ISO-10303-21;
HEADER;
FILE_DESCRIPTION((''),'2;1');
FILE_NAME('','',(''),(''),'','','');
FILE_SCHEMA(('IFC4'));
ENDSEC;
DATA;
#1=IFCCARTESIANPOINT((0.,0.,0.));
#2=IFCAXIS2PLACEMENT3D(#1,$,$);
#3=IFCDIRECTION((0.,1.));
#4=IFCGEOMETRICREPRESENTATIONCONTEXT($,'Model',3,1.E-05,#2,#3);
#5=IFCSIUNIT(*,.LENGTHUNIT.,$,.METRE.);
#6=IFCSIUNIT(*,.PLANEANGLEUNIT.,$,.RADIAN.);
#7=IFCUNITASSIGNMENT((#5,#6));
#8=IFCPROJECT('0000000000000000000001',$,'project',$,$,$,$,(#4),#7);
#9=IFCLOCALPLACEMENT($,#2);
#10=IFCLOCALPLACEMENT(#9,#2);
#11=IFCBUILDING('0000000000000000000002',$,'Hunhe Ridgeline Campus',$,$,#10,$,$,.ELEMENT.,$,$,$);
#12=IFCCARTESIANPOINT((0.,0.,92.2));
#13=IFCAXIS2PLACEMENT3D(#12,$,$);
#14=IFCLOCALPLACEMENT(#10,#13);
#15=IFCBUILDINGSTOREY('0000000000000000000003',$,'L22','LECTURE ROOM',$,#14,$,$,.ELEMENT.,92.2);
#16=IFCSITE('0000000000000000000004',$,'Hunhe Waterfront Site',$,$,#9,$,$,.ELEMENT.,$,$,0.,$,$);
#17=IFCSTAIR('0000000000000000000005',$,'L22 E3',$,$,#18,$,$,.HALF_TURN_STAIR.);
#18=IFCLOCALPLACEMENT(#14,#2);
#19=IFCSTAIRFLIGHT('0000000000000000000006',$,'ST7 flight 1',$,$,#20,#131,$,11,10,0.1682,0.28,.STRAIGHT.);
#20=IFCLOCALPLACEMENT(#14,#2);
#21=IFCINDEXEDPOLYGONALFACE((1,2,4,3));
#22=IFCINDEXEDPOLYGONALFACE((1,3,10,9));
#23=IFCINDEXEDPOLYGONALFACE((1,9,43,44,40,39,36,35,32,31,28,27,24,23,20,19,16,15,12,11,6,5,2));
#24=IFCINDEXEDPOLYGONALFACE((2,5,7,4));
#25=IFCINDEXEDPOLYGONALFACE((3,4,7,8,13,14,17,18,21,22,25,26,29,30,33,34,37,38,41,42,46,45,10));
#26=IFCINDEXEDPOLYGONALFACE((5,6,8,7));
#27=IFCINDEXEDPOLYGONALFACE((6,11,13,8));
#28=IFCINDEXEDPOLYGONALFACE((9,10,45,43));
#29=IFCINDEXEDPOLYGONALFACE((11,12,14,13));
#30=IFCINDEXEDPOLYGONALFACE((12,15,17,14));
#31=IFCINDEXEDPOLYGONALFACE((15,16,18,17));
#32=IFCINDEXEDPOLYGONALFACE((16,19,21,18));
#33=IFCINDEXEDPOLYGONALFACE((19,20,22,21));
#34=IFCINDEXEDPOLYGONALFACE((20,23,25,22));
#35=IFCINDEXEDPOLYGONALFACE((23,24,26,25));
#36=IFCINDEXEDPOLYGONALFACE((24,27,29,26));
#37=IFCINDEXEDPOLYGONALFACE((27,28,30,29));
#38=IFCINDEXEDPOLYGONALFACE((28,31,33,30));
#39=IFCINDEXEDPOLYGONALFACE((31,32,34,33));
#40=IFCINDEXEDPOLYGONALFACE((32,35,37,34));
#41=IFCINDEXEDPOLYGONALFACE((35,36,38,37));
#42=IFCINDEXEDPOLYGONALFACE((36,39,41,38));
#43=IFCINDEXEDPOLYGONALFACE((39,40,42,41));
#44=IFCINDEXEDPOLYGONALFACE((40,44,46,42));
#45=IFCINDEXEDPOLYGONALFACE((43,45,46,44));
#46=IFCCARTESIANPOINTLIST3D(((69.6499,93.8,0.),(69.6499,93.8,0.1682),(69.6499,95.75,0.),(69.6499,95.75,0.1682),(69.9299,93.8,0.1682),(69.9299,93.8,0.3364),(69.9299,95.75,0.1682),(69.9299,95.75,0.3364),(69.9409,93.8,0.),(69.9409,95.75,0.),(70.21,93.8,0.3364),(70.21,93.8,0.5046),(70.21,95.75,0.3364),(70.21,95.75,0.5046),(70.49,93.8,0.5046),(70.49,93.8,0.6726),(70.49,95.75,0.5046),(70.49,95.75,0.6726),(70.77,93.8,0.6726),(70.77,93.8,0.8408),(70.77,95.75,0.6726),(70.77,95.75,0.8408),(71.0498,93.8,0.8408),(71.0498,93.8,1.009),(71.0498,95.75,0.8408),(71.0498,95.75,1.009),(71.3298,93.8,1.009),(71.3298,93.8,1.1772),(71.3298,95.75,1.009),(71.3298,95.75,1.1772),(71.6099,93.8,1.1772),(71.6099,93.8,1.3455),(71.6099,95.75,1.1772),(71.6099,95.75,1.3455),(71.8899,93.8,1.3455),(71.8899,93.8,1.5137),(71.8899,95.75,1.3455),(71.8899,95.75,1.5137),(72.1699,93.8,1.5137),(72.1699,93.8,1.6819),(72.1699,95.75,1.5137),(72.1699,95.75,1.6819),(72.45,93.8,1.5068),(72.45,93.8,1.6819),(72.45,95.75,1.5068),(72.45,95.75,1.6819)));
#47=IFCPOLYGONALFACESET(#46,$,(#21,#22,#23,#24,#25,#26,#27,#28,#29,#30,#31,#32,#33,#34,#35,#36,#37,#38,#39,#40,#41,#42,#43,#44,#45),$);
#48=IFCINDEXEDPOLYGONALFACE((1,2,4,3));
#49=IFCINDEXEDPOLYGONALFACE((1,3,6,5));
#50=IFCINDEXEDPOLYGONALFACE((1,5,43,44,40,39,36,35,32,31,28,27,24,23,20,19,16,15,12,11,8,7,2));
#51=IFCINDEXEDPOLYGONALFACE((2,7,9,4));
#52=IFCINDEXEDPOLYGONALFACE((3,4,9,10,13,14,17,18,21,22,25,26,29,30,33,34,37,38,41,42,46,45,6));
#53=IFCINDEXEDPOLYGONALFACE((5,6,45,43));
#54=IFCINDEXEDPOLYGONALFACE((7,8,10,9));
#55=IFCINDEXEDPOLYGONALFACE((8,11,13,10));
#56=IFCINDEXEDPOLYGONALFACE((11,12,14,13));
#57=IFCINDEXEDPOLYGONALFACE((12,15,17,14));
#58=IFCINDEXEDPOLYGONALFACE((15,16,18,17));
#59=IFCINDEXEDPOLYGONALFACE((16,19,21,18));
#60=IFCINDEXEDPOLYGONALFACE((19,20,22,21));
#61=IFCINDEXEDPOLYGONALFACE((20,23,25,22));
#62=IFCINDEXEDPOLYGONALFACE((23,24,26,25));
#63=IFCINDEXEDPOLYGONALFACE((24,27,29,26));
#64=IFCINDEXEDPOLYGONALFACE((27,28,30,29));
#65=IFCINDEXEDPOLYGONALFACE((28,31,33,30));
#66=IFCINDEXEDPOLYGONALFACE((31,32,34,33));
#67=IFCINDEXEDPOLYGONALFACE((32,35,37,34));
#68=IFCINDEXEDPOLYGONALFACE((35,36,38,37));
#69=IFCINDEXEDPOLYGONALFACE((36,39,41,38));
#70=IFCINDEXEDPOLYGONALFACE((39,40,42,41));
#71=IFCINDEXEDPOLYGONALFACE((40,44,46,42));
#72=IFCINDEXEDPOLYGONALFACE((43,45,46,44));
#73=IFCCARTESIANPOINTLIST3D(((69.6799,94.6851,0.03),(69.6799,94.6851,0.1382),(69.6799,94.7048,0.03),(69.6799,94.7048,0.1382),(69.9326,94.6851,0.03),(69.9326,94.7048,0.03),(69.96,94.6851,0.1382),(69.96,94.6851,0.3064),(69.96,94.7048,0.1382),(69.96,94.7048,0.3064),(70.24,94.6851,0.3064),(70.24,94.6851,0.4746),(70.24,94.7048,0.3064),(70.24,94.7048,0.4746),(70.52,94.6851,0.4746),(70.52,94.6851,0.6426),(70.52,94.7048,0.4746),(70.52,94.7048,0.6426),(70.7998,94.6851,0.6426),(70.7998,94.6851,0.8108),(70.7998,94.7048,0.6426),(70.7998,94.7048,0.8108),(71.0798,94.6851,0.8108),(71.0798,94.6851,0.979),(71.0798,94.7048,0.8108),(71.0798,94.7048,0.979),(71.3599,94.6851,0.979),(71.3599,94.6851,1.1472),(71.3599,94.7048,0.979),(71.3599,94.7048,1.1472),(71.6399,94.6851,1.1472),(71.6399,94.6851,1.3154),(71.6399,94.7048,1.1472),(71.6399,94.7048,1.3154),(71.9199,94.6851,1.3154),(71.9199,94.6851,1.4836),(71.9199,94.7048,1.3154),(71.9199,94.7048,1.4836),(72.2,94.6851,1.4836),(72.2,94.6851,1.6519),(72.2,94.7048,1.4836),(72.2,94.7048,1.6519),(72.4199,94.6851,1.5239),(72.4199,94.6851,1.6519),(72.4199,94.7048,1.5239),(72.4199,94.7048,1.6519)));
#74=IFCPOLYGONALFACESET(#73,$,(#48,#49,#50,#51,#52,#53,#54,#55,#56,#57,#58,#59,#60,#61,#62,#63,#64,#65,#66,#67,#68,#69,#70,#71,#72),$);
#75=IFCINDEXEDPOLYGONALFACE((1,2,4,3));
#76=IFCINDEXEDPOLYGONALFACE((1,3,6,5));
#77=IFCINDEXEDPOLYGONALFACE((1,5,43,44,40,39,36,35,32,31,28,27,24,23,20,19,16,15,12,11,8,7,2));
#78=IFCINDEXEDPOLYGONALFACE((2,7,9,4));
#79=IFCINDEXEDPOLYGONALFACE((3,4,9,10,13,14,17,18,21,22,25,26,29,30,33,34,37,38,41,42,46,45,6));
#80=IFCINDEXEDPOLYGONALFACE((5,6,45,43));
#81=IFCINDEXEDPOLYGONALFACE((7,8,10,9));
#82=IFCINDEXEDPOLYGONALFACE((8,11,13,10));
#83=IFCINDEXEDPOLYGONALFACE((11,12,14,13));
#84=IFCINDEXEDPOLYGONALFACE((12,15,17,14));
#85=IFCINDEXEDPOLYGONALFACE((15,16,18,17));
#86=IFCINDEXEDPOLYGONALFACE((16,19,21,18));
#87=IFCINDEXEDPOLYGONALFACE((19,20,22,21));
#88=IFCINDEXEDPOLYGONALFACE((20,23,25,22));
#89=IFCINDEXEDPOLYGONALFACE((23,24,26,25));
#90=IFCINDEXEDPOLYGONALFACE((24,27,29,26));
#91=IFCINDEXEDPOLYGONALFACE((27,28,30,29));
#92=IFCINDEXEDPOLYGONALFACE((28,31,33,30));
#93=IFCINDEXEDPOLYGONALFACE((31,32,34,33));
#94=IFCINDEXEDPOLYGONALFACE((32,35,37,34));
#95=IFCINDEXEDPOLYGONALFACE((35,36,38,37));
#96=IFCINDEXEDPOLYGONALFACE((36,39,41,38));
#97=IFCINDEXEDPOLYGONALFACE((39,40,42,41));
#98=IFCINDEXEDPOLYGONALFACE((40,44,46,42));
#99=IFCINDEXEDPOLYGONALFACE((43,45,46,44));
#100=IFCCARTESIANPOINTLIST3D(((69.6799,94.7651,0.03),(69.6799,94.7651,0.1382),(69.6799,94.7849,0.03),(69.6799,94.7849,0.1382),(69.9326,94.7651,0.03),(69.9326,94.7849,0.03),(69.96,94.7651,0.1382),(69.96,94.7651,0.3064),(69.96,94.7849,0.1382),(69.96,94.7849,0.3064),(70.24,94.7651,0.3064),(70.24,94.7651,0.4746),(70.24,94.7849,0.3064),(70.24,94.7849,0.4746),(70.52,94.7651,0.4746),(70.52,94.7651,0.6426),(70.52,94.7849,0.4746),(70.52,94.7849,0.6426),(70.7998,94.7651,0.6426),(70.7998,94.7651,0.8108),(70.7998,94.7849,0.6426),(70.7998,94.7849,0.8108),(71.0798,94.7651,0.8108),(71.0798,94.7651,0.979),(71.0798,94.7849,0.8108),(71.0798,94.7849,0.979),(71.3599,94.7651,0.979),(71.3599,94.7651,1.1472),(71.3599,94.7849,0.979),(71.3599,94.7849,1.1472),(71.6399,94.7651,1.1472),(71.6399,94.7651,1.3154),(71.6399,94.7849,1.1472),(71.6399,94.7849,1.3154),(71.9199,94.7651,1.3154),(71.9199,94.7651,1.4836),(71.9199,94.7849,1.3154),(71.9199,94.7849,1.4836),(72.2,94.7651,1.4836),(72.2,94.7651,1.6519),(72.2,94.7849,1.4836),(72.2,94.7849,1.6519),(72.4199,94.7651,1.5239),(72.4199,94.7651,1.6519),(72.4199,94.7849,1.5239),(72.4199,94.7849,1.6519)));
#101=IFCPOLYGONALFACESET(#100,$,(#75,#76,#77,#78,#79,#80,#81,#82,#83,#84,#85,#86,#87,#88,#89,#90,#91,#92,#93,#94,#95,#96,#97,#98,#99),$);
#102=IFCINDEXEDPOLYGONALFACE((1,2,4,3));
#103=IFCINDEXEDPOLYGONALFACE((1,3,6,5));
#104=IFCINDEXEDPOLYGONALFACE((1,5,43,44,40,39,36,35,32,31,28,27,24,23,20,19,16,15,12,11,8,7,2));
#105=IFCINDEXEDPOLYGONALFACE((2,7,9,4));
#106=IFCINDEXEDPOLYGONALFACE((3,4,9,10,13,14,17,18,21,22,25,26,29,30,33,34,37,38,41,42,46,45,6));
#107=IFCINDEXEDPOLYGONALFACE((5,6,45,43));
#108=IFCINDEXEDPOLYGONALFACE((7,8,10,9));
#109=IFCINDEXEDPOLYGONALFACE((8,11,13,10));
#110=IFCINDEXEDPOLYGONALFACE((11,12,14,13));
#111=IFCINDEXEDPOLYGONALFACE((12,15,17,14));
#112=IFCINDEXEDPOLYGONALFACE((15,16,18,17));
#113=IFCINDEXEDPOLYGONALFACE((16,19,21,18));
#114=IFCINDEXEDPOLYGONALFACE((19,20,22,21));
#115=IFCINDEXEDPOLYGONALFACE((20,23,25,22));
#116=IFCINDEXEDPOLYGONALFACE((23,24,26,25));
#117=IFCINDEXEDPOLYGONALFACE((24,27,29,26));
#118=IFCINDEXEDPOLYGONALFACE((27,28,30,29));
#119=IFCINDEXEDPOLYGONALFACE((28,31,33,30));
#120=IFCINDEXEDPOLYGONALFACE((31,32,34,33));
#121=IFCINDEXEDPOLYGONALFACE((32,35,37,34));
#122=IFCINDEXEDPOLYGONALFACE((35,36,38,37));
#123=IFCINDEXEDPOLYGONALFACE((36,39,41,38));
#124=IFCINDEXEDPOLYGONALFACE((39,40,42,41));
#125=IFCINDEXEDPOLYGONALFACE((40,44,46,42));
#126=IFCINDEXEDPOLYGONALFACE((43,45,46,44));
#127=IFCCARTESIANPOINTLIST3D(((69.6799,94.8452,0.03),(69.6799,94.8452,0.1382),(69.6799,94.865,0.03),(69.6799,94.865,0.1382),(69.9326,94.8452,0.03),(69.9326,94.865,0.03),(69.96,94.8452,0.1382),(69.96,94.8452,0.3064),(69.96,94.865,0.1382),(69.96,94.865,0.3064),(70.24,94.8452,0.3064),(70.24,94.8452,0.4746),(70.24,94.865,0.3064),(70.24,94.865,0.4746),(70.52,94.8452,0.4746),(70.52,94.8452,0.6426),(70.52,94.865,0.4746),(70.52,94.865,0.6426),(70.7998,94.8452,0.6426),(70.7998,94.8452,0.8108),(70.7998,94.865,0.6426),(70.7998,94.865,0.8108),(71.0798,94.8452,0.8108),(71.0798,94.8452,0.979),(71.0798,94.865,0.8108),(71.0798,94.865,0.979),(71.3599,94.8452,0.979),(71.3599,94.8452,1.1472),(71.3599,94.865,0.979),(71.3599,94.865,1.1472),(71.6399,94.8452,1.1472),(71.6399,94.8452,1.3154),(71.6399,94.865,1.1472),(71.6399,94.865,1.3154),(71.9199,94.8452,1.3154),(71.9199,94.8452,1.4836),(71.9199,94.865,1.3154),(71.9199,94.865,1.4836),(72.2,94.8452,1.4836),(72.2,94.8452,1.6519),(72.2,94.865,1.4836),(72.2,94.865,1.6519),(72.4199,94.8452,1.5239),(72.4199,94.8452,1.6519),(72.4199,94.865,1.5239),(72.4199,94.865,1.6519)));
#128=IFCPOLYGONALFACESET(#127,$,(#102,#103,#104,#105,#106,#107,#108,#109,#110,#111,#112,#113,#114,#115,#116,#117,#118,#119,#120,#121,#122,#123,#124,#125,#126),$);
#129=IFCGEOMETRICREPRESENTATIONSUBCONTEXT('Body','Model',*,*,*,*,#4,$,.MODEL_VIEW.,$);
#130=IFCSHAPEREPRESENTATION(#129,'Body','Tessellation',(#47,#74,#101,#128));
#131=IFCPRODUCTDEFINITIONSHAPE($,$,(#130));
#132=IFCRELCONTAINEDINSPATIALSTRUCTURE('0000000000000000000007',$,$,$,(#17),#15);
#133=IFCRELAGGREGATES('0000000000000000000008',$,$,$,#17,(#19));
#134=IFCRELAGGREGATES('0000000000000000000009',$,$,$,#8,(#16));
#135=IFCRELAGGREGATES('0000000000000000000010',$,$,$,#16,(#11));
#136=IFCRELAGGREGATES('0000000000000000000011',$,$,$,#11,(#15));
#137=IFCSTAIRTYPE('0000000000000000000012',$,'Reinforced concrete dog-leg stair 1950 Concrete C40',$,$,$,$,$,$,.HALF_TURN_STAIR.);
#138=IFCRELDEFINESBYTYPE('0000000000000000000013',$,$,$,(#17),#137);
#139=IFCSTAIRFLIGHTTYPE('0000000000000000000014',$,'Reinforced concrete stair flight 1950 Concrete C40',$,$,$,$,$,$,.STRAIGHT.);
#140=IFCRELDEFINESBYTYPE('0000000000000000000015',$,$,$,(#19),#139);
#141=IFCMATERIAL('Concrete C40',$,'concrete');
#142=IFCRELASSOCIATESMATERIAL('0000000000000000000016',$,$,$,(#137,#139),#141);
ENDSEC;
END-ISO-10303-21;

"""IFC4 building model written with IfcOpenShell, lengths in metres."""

from ifc_helpers import new_model, si_unit, direction, frame, origin, place, context, subcontext, project, spatial, polyline, outline, extrude, material, type_object, element, aggregate, save


model = new_model("IFC4")

# Units and contexts
model_context = context("Model", 3, precision=1e-05, world=origin(), true_north=direction((0.0, 1.0)))
body_context = subcontext(model_context, "Body", "Model", "MODEL_VIEW")
ifc_project = project(units=[si_unit("LENGTHUNIT", "METRE"), si_unit("PLANEANGLEUNIT", "RADIAN")], contexts=[model_context])

# Site, building, storey
site_placement = place(None, origin())
site = spatial("IfcSite", under=ifc_project, at=site_placement, Name="Hunhe Waterfront Site", CompositionType="ELEMENT", RefElevation=0.0)
building_placement = place(site_placement, origin())
building = spatial("IfcBuilding", under=site, at=building_placement, Name="Hunhe Ridgeline Campus", CompositionType="ELEMENT")
storey_placement = place(building_placement, frame((0.0, 0.0, 92.2)))
storey = spatial("IfcBuildingStorey", under=building, at=storey_placement, Name="L22", Description="LECTURE ROOM", CompositionType="ELEMENT", Elevation=92.2)

# Shared definitions
ifc_material_1 = material(Name="Concrete C40", Category="concrete")
stair_type = type_object("IfcStairType", Name="Reinforced concrete dog-leg stair 1950 Concrete C40", PredefinedType="HALF_TURN_STAIR", material=ifc_material_1)
stair_flight_type = type_object("IfcStairFlightType", Name="Reinforced concrete stair flight 1950 Concrete C40", PredefinedType="STRAIGHT", material=ifc_material_1)

# Stair, stair flight
stair_1_placement = place(storey_placement, origin())
stair_1 = element("IfcStair", 1, at=stair_1_placement, inside=storey, type_object=stair_type, Name="L22 E3", PredefinedType="HALF_TURN_STAIR")
stair_flight_1_placement = place(storey_placement, frame((69.6499, 94.7749, 0.0), z_axis=(0.0, 0.0, 1.0), x_axis=(1.0, 0.0, 0.0)))
stair_flight_1 = element("IfcStairFlight", 2, at=stair_flight_1_placement, type_object=stair_flight_type, Name="ST7 flight 1", NumberOfRisers=11, NumberOfTreads=10, PredefinedType="STRAIGHT", RiserHeight=0.1682, TreadLength=0.28, context=body_context, shape_type="SweptSolid", body=[
    extrude(outline(polyline([(0.0, 0.0), (0.0, 0.1682), (0.28, 0.1682), (0.28, 0.3364), (0.5601, 0.3364), (0.5601, 0.5046), (0.8401, 0.5046), (0.8401, 0.6726), (1.1201, 0.6726), (1.1201, 0.8408), (1.3999, 0.8408), (1.3999, 1.009), (1.6799, 1.009), (1.6799, 1.1772), (1.96, 1.1772), (1.96, 1.3455), (2.24, 1.3455), (2.24, 1.5137), (2.52, 1.5137), (2.52, 1.6819), (2.8, 1.6819), (2.8, 1.8501), (2.8, 1.5068), (0.291, 0.0), (0.0, 0.0)])), frame((0.0, 0.9751, 0.0), z_axis=(0.0, -1.0, 0.0), x_axis=(1.0, 0.0, 0.0)), (0.0, 0.0, 1.0), 1.95),
    extrude(outline(polyline([(0.03, 0.03), (0.03, 0.1382), (0.3101, 0.1382), (0.3101, 0.3064), (0.5901, 0.3064), (0.5901, 0.4746), (0.8701, 0.4746), (0.8701, 0.6426), (1.1499, 0.6426), (1.1499, 0.8108), (1.4299, 0.8108), (1.4299, 0.979), (1.71, 0.979), (1.71, 1.1472), (1.99, 1.1472), (1.99, 1.3154), (2.27, 1.3154), (2.27, 1.4836), (2.55, 1.4836), (2.55, 1.6519), (2.77, 1.6519), (2.77, 1.5239), (0.2827, 0.03), (0.03, 0.03)])), frame((0.0, -0.0701, 0.0), z_axis=(0.0, -1.0, 0.0), x_axis=(1.0, 0.0, 0.0)), (0.0, 0.0, 1.0), 0.0198),
    extrude(outline(polyline([(0.03, 0.03), (0.03, 0.1382), (0.3101, 0.1382), (0.3101, 0.3064), (0.5901, 0.3064), (0.5901, 0.4746), (0.8701, 0.4746), (0.8701, 0.6426), (1.1499, 0.6426), (1.1499, 0.8108), (1.4299, 0.8108), (1.4299, 0.979), (1.71, 0.979), (1.71, 1.1472), (1.99, 1.1472), (1.99, 1.3154), (2.27, 1.3154), (2.27, 1.4836), (2.55, 1.4836), (2.55, 1.6519), (2.77, 1.6519), (2.77, 1.5239), (0.2827, 0.03), (0.03, 0.03)])), frame((0.0, 0.01, 0.0), z_axis=(0.0, -1.0, 0.0), x_axis=(1.0, 0.0, 0.0)), (0.0, 0.0, 1.0), 0.0198),
    extrude(outline(polyline([(0.03, 0.03), (0.03, 0.1382), (0.3101, 0.1382), (0.3101, 0.3064), (0.5901, 0.3064), (0.5901, 0.4746), (0.8701, 0.4746), (0.8701, 0.6426), (1.1499, 0.6426), (1.1499, 0.8108), (1.4299, 0.8108), (1.4299, 0.979), (1.71, 0.979), (1.71, 1.1472), (1.99, 1.1472), (1.99, 1.3154), (2.27, 1.3154), (2.27, 1.4836), (2.55, 1.4836), (2.55, 1.6519), (2.77, 1.6519), (2.77, 1.5239), (0.2827, 0.03), (0.03, 0.03)])), frame((0.0, 0.0901, 0.0), z_axis=(0.0, -1.0, 0.0), x_axis=(1.0, 0.0, 0.0)), (0.0, 0.0, 1.0), 0.0198),
])
aggregate(stair_1, [stair_flight_1])

save(model, "model.ifc")
